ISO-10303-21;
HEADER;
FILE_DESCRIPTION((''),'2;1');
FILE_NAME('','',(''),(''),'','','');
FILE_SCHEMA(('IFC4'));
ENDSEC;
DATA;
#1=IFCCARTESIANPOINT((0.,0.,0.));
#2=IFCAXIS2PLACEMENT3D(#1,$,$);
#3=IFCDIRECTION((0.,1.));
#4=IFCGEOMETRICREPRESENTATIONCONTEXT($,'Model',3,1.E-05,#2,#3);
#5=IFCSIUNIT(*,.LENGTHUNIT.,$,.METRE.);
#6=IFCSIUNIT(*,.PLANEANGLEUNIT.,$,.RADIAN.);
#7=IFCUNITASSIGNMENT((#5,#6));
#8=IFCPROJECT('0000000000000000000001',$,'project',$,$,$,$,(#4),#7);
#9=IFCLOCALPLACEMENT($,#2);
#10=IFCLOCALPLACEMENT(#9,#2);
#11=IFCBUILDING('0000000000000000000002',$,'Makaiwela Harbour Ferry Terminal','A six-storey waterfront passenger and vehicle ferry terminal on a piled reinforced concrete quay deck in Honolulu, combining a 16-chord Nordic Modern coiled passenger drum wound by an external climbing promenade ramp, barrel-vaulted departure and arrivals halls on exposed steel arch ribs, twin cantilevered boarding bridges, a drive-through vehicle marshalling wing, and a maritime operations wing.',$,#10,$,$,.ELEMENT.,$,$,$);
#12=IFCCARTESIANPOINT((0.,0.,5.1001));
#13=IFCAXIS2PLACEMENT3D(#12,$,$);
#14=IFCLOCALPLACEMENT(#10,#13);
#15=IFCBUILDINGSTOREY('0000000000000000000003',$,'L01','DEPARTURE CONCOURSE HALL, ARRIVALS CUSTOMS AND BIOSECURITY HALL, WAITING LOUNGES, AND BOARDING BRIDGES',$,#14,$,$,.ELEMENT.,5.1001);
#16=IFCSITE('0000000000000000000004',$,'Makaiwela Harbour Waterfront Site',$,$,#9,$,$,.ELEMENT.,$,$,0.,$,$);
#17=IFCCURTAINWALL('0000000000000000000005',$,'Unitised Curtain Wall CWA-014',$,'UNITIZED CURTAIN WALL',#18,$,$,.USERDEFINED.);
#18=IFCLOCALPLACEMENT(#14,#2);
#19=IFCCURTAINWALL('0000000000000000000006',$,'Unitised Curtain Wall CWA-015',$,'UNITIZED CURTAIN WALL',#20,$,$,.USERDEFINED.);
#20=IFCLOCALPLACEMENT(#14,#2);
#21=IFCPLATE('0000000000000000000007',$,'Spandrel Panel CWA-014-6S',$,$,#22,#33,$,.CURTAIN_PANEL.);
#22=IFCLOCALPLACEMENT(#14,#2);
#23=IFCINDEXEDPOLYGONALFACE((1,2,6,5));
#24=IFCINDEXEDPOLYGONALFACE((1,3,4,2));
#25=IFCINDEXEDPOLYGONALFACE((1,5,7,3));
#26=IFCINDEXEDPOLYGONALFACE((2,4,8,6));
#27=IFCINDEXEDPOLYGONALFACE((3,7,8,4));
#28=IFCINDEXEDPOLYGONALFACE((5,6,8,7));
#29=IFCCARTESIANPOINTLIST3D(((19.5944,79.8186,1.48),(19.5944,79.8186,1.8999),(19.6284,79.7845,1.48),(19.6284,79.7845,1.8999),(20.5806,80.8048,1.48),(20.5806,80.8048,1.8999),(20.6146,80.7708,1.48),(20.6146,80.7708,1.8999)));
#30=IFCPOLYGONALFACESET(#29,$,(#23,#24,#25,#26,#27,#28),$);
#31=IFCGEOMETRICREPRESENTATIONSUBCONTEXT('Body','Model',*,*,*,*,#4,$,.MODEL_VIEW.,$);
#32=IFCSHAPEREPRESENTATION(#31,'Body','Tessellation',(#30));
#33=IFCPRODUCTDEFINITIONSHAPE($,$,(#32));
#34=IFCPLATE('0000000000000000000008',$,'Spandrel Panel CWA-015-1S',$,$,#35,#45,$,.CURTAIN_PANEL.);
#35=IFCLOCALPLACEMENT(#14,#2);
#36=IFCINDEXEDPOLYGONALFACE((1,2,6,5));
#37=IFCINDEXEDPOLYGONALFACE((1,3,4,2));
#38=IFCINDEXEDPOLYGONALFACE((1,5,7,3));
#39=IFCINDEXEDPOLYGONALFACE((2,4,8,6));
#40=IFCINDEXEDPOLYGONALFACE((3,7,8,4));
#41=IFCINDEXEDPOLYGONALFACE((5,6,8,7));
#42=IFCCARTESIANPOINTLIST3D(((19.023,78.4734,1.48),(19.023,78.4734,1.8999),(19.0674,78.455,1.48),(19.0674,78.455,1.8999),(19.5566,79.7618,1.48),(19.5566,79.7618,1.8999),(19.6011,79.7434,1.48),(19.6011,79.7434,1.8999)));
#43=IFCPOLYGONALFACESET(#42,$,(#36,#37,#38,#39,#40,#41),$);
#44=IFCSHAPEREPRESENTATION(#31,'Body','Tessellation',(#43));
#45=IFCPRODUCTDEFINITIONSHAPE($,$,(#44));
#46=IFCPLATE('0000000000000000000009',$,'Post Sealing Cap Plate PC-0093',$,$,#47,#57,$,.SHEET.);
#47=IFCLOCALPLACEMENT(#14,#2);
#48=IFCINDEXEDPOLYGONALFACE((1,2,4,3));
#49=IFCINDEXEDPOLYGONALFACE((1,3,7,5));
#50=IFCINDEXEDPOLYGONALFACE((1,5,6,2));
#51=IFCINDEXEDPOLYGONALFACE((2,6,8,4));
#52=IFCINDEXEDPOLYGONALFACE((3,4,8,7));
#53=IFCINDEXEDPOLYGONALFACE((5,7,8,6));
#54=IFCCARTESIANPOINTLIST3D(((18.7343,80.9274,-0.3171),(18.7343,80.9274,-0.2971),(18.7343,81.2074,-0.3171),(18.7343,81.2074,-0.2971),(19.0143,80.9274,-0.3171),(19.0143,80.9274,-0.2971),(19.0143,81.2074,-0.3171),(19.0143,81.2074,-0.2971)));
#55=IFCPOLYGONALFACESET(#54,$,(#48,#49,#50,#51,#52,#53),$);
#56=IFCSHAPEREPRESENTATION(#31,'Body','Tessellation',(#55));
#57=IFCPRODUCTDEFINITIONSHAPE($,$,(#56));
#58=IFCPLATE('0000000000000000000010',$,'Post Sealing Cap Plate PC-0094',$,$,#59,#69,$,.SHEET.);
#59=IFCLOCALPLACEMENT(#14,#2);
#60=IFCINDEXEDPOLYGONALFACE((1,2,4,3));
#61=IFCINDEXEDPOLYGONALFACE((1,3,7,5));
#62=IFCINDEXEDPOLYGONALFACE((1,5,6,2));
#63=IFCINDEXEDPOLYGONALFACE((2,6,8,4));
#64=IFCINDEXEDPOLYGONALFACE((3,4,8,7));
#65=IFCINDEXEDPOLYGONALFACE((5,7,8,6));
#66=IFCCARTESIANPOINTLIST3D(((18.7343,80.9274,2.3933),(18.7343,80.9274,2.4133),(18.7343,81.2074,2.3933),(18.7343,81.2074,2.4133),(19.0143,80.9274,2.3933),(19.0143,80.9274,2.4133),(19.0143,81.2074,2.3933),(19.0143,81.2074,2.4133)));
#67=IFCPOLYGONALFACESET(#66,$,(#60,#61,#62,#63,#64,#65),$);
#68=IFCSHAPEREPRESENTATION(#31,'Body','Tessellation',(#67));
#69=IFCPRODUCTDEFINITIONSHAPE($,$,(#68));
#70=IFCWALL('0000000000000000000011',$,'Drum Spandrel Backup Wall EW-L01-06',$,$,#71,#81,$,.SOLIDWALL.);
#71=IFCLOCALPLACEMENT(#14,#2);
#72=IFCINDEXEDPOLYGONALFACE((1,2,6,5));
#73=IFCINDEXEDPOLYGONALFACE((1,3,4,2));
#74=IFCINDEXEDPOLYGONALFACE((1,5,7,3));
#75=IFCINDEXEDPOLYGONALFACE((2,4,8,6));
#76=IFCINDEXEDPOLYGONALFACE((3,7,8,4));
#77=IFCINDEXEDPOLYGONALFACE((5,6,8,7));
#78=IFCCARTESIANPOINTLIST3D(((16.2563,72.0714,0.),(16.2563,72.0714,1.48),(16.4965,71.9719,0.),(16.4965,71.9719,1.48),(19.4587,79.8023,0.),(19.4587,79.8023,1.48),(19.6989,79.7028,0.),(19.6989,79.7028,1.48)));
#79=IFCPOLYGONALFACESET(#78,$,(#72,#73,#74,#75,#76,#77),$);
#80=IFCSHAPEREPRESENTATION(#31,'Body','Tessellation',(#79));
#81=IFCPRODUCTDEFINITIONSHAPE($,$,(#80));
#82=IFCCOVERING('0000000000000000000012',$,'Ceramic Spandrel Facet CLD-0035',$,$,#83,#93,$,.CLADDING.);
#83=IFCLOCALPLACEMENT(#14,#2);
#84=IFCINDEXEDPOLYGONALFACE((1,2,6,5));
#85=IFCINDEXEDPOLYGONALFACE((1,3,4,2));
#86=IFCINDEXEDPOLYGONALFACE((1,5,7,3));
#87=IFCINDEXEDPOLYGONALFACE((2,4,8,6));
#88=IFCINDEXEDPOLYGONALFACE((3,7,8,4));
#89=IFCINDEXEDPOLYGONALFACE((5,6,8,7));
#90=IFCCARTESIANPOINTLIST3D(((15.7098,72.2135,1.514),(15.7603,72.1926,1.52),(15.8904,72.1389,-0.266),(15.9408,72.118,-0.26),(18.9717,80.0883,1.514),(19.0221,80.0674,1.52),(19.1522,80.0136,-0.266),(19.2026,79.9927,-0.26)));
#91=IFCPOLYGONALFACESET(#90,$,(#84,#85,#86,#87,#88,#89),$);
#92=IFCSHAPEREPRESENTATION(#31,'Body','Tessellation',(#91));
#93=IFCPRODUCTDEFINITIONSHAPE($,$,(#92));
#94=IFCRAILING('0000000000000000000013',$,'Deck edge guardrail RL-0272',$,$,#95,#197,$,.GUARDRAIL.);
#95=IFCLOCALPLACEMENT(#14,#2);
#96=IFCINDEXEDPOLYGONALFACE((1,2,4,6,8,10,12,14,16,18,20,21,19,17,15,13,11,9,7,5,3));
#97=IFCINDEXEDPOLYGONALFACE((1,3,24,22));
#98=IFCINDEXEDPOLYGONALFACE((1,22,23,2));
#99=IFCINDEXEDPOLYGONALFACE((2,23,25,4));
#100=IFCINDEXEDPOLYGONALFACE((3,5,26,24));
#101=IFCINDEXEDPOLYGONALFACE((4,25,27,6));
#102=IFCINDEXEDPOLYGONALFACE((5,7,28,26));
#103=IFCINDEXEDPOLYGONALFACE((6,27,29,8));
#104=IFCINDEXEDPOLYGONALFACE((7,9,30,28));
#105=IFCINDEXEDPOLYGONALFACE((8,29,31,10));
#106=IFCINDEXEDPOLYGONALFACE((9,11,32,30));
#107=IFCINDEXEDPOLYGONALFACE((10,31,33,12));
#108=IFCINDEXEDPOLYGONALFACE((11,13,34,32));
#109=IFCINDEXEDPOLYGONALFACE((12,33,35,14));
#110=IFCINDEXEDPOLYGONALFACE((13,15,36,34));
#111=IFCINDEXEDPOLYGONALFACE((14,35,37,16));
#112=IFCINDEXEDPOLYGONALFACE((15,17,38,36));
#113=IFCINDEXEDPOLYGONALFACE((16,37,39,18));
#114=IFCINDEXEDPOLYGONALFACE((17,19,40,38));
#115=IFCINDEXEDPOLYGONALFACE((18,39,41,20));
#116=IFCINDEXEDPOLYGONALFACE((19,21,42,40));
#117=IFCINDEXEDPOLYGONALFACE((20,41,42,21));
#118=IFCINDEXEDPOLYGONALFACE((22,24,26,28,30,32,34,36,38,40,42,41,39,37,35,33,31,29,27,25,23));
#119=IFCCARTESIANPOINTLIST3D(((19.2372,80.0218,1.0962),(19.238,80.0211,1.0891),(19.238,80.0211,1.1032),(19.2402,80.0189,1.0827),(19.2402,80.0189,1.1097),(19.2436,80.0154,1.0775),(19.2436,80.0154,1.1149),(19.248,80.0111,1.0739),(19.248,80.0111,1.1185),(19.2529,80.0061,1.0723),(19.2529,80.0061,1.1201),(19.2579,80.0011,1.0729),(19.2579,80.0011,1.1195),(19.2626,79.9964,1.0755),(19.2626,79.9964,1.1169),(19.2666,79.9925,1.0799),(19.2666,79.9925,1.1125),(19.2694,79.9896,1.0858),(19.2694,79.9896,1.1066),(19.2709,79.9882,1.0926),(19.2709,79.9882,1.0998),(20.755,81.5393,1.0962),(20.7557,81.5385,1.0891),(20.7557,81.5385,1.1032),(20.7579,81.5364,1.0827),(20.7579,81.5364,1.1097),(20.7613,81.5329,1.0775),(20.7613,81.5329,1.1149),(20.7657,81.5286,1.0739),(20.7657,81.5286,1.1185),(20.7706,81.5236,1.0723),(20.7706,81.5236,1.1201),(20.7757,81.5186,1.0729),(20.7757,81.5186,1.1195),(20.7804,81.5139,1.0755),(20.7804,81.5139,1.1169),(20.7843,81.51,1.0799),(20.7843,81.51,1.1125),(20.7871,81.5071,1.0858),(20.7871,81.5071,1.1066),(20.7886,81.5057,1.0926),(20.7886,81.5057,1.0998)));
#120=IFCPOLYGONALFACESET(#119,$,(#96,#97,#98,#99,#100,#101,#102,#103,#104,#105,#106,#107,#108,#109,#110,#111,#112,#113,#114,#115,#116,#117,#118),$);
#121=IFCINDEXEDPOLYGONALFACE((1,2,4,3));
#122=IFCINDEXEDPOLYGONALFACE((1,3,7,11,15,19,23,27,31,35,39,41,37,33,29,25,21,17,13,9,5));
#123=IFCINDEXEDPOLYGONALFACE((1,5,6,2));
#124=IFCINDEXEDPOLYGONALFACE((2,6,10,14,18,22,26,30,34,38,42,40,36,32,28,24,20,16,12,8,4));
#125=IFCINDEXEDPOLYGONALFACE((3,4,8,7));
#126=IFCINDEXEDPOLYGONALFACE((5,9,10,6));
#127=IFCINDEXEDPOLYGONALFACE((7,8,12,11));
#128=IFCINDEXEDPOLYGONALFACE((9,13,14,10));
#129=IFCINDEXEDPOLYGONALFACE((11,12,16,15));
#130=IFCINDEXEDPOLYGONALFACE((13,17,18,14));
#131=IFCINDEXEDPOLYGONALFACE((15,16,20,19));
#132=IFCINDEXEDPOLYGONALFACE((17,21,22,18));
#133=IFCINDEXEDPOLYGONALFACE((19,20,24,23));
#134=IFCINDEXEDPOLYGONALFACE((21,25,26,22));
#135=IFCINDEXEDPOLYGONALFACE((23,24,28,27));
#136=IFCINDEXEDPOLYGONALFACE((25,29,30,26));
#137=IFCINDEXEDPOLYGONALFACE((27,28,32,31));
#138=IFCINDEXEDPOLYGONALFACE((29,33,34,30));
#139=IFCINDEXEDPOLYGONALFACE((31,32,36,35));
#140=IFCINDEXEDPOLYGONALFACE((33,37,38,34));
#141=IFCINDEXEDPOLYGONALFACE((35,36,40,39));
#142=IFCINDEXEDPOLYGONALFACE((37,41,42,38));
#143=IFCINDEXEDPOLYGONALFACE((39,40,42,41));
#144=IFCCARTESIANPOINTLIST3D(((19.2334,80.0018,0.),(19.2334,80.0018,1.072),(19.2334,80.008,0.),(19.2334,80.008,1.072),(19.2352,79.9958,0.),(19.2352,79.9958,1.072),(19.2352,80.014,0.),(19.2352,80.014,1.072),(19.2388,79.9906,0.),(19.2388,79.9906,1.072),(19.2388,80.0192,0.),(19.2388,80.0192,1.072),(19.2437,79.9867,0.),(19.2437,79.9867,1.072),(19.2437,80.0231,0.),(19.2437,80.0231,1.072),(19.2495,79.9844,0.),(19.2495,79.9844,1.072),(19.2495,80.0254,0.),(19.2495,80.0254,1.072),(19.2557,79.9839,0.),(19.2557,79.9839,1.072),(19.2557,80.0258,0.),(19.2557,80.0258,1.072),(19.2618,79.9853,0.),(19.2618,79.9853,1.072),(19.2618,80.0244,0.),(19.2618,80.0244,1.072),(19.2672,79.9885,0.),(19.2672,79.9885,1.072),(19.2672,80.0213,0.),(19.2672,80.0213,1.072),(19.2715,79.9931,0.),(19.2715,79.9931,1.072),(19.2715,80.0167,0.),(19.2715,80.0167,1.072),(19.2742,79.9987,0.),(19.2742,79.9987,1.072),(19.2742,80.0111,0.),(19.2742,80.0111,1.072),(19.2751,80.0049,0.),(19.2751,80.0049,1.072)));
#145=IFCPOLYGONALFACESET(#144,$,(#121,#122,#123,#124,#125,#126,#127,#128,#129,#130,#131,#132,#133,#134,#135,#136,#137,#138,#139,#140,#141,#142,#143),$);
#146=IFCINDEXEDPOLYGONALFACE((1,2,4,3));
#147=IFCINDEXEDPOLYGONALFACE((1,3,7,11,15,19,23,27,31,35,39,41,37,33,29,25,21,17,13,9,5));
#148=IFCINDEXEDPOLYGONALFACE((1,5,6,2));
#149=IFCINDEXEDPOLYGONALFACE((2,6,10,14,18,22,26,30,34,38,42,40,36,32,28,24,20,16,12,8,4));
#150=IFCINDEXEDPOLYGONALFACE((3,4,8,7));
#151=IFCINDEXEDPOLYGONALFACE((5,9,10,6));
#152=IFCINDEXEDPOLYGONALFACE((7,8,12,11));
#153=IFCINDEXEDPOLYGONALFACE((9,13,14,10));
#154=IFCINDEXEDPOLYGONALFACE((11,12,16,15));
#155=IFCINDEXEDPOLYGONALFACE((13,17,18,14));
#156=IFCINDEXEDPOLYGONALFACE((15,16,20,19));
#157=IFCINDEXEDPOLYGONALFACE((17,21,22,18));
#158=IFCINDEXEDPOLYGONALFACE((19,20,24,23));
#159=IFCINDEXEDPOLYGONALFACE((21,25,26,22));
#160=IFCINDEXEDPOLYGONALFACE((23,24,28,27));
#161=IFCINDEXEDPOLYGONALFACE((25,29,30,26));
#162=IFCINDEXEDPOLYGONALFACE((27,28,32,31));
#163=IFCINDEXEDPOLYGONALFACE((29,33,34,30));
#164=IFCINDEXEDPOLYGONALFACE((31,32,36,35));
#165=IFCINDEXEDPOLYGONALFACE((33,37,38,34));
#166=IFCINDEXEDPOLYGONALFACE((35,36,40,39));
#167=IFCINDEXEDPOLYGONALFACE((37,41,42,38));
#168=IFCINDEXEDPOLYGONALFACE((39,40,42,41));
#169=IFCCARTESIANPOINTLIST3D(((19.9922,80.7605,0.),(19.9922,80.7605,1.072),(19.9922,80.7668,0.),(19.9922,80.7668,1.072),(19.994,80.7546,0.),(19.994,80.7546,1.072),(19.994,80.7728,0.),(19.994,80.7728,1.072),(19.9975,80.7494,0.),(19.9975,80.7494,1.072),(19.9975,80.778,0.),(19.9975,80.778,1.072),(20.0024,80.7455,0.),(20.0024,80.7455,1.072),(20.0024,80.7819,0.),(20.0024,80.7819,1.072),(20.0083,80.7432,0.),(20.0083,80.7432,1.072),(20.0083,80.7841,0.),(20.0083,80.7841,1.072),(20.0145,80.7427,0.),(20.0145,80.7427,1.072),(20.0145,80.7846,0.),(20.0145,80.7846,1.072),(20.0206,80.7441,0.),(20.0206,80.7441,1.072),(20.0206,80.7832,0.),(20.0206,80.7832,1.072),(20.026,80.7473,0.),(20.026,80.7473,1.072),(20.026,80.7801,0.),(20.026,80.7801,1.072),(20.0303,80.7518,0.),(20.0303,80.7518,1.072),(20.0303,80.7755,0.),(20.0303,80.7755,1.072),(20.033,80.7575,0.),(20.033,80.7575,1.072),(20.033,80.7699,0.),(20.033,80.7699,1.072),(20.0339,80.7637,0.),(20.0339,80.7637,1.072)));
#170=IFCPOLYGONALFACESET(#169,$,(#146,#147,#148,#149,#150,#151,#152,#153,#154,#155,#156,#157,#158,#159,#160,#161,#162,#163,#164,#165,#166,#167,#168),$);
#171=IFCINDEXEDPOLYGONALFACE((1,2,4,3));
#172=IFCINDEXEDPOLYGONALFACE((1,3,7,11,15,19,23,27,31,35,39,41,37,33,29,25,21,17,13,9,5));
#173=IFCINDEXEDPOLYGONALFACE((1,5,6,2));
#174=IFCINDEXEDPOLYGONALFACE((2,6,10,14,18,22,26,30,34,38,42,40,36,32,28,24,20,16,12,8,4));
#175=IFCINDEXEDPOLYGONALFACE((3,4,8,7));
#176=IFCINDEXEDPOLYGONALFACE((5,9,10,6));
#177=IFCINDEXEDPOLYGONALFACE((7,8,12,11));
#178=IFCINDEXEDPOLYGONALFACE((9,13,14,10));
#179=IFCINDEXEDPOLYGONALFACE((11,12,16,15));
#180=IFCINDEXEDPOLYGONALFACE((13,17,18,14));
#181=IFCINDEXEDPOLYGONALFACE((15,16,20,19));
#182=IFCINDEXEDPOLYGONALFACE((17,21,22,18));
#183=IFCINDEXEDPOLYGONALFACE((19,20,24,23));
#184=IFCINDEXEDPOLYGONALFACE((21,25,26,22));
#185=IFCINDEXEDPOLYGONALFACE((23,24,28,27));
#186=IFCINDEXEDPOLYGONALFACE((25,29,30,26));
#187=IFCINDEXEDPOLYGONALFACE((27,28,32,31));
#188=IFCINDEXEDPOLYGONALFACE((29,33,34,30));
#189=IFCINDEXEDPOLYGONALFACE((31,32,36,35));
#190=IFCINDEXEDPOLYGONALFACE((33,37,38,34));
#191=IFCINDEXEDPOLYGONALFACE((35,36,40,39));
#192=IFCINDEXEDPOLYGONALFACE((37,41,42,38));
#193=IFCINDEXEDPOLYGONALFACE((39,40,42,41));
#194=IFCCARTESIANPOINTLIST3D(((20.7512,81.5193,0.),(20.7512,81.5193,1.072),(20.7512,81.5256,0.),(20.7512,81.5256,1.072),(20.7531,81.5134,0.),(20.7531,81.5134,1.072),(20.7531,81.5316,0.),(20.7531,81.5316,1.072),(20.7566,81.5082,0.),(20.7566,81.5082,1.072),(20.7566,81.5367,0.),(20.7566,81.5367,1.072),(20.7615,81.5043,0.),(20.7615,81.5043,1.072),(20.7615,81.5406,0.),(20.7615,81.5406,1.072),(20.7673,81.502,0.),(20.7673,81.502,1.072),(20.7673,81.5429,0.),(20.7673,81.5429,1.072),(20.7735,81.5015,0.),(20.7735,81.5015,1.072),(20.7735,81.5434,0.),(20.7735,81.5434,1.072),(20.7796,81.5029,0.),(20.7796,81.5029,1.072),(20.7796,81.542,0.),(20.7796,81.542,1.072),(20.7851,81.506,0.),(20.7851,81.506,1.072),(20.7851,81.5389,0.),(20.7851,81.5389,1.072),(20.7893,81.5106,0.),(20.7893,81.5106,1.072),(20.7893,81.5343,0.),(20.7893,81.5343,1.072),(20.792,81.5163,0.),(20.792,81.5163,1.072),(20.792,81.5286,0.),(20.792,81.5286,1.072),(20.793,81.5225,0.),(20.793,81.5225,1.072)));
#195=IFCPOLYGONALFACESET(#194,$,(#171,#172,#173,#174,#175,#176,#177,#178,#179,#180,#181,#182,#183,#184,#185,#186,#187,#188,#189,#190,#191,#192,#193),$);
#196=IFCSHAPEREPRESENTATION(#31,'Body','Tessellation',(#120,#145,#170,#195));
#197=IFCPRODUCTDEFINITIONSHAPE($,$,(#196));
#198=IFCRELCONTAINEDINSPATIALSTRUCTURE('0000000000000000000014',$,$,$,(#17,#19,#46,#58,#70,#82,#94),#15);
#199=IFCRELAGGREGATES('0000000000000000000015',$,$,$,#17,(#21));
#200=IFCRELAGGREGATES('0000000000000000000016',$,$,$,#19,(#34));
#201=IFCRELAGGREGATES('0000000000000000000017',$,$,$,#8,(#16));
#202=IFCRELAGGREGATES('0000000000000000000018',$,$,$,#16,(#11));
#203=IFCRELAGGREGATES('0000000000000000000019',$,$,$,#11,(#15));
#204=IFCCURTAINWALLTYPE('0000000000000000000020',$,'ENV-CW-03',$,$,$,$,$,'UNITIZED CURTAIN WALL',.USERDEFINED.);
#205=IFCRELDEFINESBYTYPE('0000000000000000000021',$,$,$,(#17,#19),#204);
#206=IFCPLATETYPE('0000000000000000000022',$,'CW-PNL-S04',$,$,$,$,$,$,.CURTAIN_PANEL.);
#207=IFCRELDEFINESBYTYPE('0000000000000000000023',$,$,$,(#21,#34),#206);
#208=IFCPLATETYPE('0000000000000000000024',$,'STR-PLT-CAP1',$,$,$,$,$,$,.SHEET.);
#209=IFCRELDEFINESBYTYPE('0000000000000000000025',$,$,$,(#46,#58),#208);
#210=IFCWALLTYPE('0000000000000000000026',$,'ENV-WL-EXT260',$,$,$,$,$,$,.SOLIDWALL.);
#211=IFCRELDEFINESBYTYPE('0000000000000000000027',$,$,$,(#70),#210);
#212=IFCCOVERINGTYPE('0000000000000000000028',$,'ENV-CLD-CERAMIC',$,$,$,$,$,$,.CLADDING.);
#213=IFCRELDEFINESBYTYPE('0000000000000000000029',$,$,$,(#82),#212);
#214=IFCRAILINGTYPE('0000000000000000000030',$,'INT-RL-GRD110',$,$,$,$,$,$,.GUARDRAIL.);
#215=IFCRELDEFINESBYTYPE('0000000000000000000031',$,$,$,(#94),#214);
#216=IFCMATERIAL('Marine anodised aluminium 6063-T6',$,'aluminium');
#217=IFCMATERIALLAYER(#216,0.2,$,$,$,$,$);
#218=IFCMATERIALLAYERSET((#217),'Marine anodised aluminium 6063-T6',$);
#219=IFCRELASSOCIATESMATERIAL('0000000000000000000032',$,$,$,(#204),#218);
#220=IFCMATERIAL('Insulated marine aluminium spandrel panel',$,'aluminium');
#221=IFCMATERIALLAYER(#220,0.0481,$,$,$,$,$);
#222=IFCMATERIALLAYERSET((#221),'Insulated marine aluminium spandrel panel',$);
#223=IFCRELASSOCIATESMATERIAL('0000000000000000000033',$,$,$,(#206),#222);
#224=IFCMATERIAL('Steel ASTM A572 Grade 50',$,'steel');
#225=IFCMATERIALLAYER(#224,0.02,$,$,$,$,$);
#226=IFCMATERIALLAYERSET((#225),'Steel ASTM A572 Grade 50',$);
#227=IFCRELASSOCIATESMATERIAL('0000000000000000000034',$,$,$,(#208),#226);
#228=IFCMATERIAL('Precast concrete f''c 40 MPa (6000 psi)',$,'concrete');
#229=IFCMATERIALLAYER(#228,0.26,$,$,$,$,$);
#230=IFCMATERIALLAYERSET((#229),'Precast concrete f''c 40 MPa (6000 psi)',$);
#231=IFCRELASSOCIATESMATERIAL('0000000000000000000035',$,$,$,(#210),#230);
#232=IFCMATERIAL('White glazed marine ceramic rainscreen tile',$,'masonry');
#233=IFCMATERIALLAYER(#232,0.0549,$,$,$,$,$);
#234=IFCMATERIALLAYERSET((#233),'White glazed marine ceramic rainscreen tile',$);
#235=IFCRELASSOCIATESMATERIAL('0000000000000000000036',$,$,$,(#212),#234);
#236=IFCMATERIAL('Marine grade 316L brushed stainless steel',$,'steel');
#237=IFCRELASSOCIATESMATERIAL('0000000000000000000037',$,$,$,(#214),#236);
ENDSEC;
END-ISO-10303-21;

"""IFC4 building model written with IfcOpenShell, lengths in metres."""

from ifc_helpers import new_model, si_unit, direction, frame, frame_2d, origin, origin_2d, place, context, subcontext, project, spatial, polyline, rectangle, circle, outline, extrude, material, layer, layer_set, type_object, element, aggregate, save


model = new_model("IFC4")

# Units and contexts
model_context = context("Model", 3, precision=1e-05, world=origin(), true_north=direction((0.0, 1.0)))
body_context = subcontext(model_context, "Body", "Model", "MODEL_VIEW")
ifc_project = project(units=[si_unit("LENGTHUNIT", "METRE"), si_unit("PLANEANGLEUNIT", "RADIAN")], contexts=[model_context])

# Site, building, storey
site_placement = place(None, origin())
site = spatial("IfcSite", under=ifc_project, at=site_placement, Name="Makaiwela Harbour Waterfront Site", CompositionType="ELEMENT", RefElevation=0.0)
building_placement = place(site_placement, origin())
building = spatial("IfcBuilding", under=site, at=building_placement, Name="Makaiwela Harbour Ferry Terminal", Description="A six-storey waterfront passenger and vehicle ferry terminal on a piled reinforced concrete quay deck in Honolulu, combining a 16-chord Nordic Modern coiled passenger drum wound by an external climbing promenade ramp, barrel-vaulted departure and arrivals halls on exposed steel arch ribs, twin cantilevered boarding bridges, a drive-through vehicle marshalling wing, and a maritime operations wing.", CompositionType="ELEMENT")
storey_placement = place(building_placement, frame((0.0, 0.0, 5.1001)))
storey = spatial("IfcBuildingStorey", under=building, at=storey_placement, Name="L01", Description="DEPARTURE CONCOURSE HALL, ARRIVALS CUSTOMS AND BIOSECURITY HALL, WAITING LOUNGES, AND BOARDING BRIDGES", CompositionType="ELEMENT", Elevation=5.1001)

# Curtain walls
ifc_material_1 = material(Name="Marine anodised aluminium 6063-T6", Category="aluminium")
ifc_layer_1 = layer(ifc_material_1, 0.2)
ifc_layer_set_1 = layer_set([ifc_layer_1], Name="Marine anodised aluminium 6063-T6")
curtain_wall_type = type_object("IfcCurtainWallType", Name="ENV-CW-03", ElementType="UNITIZED CURTAIN WALL", PredefinedType="USERDEFINED", material=ifc_layer_set_1)
curtain_wall_1_placement = place(storey_placement, origin())
curtain_wall_1 = element("IfcCurtainWall", 1, at=curtain_wall_1_placement, inside=storey, type_object=curtain_wall_type, Name="Unitised Curtain Wall CWA-014", ObjectType="UNITIZED CURTAIN WALL", PredefinedType="USERDEFINED")
curtain_wall_2_placement = place(storey_placement, origin())
curtain_wall_2 = element("IfcCurtainWall", 2, at=curtain_wall_2_placement, inside=storey, type_object=curtain_wall_type, Name="Unitised Curtain Wall CWA-015", ObjectType="UNITIZED CURTAIN WALL", PredefinedType="USERDEFINED")

# Plates
ifc_material_2 = material(Name="Insulated marine aluminium spandrel panel", Category="aluminium")
ifc_layer_2 = layer(ifc_material_2, 0.0481)
ifc_layer_set_2 = layer_set([ifc_layer_2], Name="Insulated marine aluminium spandrel panel")
plate_type_1 = type_object("IfcPlateType", Name="CW-PNL-S04", PredefinedType="CURTAIN_PANEL", material=ifc_layer_set_2)
plate_1_placement = place(storey_placement, frame((20.1045, 80.2947, 1.48), z_axis=(0.0, 0.0, 1.0), x_axis=(-0.707107, -0.707107, 0.0)))
plate_1 = element("IfcPlate", 3, at=plate_1_placement, type_object=plate_type_1, Name="Spandrel Panel CWA-014-6S", PredefinedType="CURTAIN_PANEL", context=body_context, shape_type="SweptSolid", body=[
    extrude(rectangle(XDim=1.3948, YDim=0.0481, at=origin_2d()), origin(), (0.0, 0.0, 1.0), 0.4199),
])
aggregate(curtain_wall_1, [plate_1])
plate_2_placement = place(storey_placement, frame((19.312, 79.1084, 1.48), z_axis=(0.0, 0.0, 1.0), x_axis=(-0.382683, -0.92388, 0.0)))
plate_2 = element("IfcPlate", 4, at=plate_2_placement, type_object=plate_type_1, Name="Spandrel Panel CWA-015-1S", PredefinedType="CURTAIN_PANEL", context=body_context, shape_type="SweptSolid", body=[
    extrude(rectangle(XDim=1.3945, YDim=0.0481, at=origin_2d()), origin(), (0.0, 0.0, 1.0), 0.4199),
])
aggregate(curtain_wall_2, [plate_2])

# Plates
ifc_material_3 = material(Name="Steel ASTM A572 Grade 50", Category="steel")
ifc_layer_3 = layer(ifc_material_3, 0.02)
ifc_layer_set_3 = layer_set([ifc_layer_3], Name="Steel ASTM A572 Grade 50")
plate_type_2 = type_object("IfcPlateType", Name="STR-PLT-CAP1", PredefinedType="SHEET", material=ifc_layer_set_3)
for number, where, z_axis, x_axis, name in (
    (5, (18.8743, 81.0674, -0.3171), (0.0, 0.0, 1.0), (1.0, 0.0, 0.0), "Post Sealing Cap Plate PC-0093"),
    (6, (18.8743, 81.0674, 2.3933), (0.0, 0.0, 1.0), (1.0, 0.0, 0.0), "Post Sealing Cap Plate PC-0094"),
):
    element("IfcPlate", number, at=place(storey_placement, frame(where, z_axis=z_axis, x_axis=x_axis)), inside=storey, type_object=plate_type_2, Name=name, PredefinedType="SHEET", context=body_context, shape_type="SweptSolid", body=[
        extrude(rectangle(XDim=0.28, YDim=0.28, at=origin_2d()), origin(), (0.0, 0.0, 1.0), 0.02),
    ])

# Wall
ifc_material_4 = material(Name="Precast concrete f'c 40 MPa (6000 psi)", Category="concrete")
ifc_layer_4 = layer(ifc_material_4, 0.26)
ifc_layer_set_4 = layer_set([ifc_layer_4], Name="Precast concrete f'c 40 MPa (6000 psi)")
wall_type = type_object("IfcWallType", Name="ENV-WL-EXT260", PredefinedType="SOLIDWALL", material=ifc_layer_set_4)
wall_placement = place(storey_placement, frame((19.5789, 79.7527, 0.0), z_axis=(0.0, 0.0, 1.0), x_axis=(-0.382696, -0.923874, 0.0)))
element("IfcWall", 7, at=wall_placement, inside=storey, type_object=wall_type, Name="Drum Spandrel Backup Wall EW-L01-06", PredefinedType="SOLIDWALL", context=body_context, shape_type="SweptSolid", body=[
    extrude(rectangle(XDim=8.3679, YDim=0.26, at=frame_2d((4.1841, 0.0))), origin(), (0.0, 0.0, 1.0), 1.48),
])

# Covering
ifc_material_5 = material(Name="White glazed marine ceramic rainscreen tile", Category="masonry")
ifc_layer_5 = layer(ifc_material_5, 0.0549)
ifc_layer_set_5 = layer_set([ifc_layer_5], Name="White glazed marine ceramic rainscreen tile")
covering_type = type_object("IfcCoveringType", Name="ENV-CLD-CERAMIC", PredefinedType="CLADDING", material=ifc_layer_set_5)
covering_placement = place(storey_placement, frame((19.2026, 79.9927, -0.26), z_axis=(0.918363, -0.3804, 0.109111), x_axis=(-0.382684, -0.923879, -0.000001)))
element("IfcCovering", 8, at=covering_placement, inside=storey, type_object=covering_type, Name="Ceramic Spandrel Facet CLD-0035", PredefinedType="CLADDING", context=body_context, shape_type="SweptSolid", body=[
    extrude(outline(polyline([(0.0, 0.0), (8.5235, 0.0), (8.5236, -1.7907), (0.0, -1.7907), (0.0, 0.0)])), origin(), (0.0, 0.0, -1.0), 0.0549),
])

# Railing
ifc_material_6 = material(Name="Marine grade 316L brushed stainless steel", Category="steel")
railing_type = type_object("IfcRailingType", Name="INT-RL-GRD110", PredefinedType="GUARDRAIL", material=ifc_material_6)
railing_placement = place(storey_placement, frame((19.2542, 80.0049, 0.0)))
element("IfcRailing", 9, at=railing_placement, inside=storey, type_object=railing_type, Name="Deck edge guardrail RL-0272", PredefinedType="GUARDRAIL", context=body_context, shape_type="SweptSolid", body=[
    extrude(circle(Radius=0.0239, at=origin_2d()), frame((0.0, 0.0, 1.0962), z_axis=(0.707164, 0.70705, 0.0), x_axis=(-0.70705, 0.707164, 0.0)), (0.0, 0.0, 1.0), 2.1462),
    extrude(circle(Radius=0.021, at=origin_2d()), origin(), (0.0, 0.0, 1.0), 1.072),
    extrude(circle(Radius=0.021, at=origin_2d()), frame((0.7588, 0.7588, 0.0)), (0.0, 0.0, 1.0), 1.072),
    extrude(circle(Radius=0.021, at=origin_2d()), frame((1.5178, 1.5176, 0.0)), (0.0, 0.0, 1.0), 1.072),
])

save(model, "model.ifc")
